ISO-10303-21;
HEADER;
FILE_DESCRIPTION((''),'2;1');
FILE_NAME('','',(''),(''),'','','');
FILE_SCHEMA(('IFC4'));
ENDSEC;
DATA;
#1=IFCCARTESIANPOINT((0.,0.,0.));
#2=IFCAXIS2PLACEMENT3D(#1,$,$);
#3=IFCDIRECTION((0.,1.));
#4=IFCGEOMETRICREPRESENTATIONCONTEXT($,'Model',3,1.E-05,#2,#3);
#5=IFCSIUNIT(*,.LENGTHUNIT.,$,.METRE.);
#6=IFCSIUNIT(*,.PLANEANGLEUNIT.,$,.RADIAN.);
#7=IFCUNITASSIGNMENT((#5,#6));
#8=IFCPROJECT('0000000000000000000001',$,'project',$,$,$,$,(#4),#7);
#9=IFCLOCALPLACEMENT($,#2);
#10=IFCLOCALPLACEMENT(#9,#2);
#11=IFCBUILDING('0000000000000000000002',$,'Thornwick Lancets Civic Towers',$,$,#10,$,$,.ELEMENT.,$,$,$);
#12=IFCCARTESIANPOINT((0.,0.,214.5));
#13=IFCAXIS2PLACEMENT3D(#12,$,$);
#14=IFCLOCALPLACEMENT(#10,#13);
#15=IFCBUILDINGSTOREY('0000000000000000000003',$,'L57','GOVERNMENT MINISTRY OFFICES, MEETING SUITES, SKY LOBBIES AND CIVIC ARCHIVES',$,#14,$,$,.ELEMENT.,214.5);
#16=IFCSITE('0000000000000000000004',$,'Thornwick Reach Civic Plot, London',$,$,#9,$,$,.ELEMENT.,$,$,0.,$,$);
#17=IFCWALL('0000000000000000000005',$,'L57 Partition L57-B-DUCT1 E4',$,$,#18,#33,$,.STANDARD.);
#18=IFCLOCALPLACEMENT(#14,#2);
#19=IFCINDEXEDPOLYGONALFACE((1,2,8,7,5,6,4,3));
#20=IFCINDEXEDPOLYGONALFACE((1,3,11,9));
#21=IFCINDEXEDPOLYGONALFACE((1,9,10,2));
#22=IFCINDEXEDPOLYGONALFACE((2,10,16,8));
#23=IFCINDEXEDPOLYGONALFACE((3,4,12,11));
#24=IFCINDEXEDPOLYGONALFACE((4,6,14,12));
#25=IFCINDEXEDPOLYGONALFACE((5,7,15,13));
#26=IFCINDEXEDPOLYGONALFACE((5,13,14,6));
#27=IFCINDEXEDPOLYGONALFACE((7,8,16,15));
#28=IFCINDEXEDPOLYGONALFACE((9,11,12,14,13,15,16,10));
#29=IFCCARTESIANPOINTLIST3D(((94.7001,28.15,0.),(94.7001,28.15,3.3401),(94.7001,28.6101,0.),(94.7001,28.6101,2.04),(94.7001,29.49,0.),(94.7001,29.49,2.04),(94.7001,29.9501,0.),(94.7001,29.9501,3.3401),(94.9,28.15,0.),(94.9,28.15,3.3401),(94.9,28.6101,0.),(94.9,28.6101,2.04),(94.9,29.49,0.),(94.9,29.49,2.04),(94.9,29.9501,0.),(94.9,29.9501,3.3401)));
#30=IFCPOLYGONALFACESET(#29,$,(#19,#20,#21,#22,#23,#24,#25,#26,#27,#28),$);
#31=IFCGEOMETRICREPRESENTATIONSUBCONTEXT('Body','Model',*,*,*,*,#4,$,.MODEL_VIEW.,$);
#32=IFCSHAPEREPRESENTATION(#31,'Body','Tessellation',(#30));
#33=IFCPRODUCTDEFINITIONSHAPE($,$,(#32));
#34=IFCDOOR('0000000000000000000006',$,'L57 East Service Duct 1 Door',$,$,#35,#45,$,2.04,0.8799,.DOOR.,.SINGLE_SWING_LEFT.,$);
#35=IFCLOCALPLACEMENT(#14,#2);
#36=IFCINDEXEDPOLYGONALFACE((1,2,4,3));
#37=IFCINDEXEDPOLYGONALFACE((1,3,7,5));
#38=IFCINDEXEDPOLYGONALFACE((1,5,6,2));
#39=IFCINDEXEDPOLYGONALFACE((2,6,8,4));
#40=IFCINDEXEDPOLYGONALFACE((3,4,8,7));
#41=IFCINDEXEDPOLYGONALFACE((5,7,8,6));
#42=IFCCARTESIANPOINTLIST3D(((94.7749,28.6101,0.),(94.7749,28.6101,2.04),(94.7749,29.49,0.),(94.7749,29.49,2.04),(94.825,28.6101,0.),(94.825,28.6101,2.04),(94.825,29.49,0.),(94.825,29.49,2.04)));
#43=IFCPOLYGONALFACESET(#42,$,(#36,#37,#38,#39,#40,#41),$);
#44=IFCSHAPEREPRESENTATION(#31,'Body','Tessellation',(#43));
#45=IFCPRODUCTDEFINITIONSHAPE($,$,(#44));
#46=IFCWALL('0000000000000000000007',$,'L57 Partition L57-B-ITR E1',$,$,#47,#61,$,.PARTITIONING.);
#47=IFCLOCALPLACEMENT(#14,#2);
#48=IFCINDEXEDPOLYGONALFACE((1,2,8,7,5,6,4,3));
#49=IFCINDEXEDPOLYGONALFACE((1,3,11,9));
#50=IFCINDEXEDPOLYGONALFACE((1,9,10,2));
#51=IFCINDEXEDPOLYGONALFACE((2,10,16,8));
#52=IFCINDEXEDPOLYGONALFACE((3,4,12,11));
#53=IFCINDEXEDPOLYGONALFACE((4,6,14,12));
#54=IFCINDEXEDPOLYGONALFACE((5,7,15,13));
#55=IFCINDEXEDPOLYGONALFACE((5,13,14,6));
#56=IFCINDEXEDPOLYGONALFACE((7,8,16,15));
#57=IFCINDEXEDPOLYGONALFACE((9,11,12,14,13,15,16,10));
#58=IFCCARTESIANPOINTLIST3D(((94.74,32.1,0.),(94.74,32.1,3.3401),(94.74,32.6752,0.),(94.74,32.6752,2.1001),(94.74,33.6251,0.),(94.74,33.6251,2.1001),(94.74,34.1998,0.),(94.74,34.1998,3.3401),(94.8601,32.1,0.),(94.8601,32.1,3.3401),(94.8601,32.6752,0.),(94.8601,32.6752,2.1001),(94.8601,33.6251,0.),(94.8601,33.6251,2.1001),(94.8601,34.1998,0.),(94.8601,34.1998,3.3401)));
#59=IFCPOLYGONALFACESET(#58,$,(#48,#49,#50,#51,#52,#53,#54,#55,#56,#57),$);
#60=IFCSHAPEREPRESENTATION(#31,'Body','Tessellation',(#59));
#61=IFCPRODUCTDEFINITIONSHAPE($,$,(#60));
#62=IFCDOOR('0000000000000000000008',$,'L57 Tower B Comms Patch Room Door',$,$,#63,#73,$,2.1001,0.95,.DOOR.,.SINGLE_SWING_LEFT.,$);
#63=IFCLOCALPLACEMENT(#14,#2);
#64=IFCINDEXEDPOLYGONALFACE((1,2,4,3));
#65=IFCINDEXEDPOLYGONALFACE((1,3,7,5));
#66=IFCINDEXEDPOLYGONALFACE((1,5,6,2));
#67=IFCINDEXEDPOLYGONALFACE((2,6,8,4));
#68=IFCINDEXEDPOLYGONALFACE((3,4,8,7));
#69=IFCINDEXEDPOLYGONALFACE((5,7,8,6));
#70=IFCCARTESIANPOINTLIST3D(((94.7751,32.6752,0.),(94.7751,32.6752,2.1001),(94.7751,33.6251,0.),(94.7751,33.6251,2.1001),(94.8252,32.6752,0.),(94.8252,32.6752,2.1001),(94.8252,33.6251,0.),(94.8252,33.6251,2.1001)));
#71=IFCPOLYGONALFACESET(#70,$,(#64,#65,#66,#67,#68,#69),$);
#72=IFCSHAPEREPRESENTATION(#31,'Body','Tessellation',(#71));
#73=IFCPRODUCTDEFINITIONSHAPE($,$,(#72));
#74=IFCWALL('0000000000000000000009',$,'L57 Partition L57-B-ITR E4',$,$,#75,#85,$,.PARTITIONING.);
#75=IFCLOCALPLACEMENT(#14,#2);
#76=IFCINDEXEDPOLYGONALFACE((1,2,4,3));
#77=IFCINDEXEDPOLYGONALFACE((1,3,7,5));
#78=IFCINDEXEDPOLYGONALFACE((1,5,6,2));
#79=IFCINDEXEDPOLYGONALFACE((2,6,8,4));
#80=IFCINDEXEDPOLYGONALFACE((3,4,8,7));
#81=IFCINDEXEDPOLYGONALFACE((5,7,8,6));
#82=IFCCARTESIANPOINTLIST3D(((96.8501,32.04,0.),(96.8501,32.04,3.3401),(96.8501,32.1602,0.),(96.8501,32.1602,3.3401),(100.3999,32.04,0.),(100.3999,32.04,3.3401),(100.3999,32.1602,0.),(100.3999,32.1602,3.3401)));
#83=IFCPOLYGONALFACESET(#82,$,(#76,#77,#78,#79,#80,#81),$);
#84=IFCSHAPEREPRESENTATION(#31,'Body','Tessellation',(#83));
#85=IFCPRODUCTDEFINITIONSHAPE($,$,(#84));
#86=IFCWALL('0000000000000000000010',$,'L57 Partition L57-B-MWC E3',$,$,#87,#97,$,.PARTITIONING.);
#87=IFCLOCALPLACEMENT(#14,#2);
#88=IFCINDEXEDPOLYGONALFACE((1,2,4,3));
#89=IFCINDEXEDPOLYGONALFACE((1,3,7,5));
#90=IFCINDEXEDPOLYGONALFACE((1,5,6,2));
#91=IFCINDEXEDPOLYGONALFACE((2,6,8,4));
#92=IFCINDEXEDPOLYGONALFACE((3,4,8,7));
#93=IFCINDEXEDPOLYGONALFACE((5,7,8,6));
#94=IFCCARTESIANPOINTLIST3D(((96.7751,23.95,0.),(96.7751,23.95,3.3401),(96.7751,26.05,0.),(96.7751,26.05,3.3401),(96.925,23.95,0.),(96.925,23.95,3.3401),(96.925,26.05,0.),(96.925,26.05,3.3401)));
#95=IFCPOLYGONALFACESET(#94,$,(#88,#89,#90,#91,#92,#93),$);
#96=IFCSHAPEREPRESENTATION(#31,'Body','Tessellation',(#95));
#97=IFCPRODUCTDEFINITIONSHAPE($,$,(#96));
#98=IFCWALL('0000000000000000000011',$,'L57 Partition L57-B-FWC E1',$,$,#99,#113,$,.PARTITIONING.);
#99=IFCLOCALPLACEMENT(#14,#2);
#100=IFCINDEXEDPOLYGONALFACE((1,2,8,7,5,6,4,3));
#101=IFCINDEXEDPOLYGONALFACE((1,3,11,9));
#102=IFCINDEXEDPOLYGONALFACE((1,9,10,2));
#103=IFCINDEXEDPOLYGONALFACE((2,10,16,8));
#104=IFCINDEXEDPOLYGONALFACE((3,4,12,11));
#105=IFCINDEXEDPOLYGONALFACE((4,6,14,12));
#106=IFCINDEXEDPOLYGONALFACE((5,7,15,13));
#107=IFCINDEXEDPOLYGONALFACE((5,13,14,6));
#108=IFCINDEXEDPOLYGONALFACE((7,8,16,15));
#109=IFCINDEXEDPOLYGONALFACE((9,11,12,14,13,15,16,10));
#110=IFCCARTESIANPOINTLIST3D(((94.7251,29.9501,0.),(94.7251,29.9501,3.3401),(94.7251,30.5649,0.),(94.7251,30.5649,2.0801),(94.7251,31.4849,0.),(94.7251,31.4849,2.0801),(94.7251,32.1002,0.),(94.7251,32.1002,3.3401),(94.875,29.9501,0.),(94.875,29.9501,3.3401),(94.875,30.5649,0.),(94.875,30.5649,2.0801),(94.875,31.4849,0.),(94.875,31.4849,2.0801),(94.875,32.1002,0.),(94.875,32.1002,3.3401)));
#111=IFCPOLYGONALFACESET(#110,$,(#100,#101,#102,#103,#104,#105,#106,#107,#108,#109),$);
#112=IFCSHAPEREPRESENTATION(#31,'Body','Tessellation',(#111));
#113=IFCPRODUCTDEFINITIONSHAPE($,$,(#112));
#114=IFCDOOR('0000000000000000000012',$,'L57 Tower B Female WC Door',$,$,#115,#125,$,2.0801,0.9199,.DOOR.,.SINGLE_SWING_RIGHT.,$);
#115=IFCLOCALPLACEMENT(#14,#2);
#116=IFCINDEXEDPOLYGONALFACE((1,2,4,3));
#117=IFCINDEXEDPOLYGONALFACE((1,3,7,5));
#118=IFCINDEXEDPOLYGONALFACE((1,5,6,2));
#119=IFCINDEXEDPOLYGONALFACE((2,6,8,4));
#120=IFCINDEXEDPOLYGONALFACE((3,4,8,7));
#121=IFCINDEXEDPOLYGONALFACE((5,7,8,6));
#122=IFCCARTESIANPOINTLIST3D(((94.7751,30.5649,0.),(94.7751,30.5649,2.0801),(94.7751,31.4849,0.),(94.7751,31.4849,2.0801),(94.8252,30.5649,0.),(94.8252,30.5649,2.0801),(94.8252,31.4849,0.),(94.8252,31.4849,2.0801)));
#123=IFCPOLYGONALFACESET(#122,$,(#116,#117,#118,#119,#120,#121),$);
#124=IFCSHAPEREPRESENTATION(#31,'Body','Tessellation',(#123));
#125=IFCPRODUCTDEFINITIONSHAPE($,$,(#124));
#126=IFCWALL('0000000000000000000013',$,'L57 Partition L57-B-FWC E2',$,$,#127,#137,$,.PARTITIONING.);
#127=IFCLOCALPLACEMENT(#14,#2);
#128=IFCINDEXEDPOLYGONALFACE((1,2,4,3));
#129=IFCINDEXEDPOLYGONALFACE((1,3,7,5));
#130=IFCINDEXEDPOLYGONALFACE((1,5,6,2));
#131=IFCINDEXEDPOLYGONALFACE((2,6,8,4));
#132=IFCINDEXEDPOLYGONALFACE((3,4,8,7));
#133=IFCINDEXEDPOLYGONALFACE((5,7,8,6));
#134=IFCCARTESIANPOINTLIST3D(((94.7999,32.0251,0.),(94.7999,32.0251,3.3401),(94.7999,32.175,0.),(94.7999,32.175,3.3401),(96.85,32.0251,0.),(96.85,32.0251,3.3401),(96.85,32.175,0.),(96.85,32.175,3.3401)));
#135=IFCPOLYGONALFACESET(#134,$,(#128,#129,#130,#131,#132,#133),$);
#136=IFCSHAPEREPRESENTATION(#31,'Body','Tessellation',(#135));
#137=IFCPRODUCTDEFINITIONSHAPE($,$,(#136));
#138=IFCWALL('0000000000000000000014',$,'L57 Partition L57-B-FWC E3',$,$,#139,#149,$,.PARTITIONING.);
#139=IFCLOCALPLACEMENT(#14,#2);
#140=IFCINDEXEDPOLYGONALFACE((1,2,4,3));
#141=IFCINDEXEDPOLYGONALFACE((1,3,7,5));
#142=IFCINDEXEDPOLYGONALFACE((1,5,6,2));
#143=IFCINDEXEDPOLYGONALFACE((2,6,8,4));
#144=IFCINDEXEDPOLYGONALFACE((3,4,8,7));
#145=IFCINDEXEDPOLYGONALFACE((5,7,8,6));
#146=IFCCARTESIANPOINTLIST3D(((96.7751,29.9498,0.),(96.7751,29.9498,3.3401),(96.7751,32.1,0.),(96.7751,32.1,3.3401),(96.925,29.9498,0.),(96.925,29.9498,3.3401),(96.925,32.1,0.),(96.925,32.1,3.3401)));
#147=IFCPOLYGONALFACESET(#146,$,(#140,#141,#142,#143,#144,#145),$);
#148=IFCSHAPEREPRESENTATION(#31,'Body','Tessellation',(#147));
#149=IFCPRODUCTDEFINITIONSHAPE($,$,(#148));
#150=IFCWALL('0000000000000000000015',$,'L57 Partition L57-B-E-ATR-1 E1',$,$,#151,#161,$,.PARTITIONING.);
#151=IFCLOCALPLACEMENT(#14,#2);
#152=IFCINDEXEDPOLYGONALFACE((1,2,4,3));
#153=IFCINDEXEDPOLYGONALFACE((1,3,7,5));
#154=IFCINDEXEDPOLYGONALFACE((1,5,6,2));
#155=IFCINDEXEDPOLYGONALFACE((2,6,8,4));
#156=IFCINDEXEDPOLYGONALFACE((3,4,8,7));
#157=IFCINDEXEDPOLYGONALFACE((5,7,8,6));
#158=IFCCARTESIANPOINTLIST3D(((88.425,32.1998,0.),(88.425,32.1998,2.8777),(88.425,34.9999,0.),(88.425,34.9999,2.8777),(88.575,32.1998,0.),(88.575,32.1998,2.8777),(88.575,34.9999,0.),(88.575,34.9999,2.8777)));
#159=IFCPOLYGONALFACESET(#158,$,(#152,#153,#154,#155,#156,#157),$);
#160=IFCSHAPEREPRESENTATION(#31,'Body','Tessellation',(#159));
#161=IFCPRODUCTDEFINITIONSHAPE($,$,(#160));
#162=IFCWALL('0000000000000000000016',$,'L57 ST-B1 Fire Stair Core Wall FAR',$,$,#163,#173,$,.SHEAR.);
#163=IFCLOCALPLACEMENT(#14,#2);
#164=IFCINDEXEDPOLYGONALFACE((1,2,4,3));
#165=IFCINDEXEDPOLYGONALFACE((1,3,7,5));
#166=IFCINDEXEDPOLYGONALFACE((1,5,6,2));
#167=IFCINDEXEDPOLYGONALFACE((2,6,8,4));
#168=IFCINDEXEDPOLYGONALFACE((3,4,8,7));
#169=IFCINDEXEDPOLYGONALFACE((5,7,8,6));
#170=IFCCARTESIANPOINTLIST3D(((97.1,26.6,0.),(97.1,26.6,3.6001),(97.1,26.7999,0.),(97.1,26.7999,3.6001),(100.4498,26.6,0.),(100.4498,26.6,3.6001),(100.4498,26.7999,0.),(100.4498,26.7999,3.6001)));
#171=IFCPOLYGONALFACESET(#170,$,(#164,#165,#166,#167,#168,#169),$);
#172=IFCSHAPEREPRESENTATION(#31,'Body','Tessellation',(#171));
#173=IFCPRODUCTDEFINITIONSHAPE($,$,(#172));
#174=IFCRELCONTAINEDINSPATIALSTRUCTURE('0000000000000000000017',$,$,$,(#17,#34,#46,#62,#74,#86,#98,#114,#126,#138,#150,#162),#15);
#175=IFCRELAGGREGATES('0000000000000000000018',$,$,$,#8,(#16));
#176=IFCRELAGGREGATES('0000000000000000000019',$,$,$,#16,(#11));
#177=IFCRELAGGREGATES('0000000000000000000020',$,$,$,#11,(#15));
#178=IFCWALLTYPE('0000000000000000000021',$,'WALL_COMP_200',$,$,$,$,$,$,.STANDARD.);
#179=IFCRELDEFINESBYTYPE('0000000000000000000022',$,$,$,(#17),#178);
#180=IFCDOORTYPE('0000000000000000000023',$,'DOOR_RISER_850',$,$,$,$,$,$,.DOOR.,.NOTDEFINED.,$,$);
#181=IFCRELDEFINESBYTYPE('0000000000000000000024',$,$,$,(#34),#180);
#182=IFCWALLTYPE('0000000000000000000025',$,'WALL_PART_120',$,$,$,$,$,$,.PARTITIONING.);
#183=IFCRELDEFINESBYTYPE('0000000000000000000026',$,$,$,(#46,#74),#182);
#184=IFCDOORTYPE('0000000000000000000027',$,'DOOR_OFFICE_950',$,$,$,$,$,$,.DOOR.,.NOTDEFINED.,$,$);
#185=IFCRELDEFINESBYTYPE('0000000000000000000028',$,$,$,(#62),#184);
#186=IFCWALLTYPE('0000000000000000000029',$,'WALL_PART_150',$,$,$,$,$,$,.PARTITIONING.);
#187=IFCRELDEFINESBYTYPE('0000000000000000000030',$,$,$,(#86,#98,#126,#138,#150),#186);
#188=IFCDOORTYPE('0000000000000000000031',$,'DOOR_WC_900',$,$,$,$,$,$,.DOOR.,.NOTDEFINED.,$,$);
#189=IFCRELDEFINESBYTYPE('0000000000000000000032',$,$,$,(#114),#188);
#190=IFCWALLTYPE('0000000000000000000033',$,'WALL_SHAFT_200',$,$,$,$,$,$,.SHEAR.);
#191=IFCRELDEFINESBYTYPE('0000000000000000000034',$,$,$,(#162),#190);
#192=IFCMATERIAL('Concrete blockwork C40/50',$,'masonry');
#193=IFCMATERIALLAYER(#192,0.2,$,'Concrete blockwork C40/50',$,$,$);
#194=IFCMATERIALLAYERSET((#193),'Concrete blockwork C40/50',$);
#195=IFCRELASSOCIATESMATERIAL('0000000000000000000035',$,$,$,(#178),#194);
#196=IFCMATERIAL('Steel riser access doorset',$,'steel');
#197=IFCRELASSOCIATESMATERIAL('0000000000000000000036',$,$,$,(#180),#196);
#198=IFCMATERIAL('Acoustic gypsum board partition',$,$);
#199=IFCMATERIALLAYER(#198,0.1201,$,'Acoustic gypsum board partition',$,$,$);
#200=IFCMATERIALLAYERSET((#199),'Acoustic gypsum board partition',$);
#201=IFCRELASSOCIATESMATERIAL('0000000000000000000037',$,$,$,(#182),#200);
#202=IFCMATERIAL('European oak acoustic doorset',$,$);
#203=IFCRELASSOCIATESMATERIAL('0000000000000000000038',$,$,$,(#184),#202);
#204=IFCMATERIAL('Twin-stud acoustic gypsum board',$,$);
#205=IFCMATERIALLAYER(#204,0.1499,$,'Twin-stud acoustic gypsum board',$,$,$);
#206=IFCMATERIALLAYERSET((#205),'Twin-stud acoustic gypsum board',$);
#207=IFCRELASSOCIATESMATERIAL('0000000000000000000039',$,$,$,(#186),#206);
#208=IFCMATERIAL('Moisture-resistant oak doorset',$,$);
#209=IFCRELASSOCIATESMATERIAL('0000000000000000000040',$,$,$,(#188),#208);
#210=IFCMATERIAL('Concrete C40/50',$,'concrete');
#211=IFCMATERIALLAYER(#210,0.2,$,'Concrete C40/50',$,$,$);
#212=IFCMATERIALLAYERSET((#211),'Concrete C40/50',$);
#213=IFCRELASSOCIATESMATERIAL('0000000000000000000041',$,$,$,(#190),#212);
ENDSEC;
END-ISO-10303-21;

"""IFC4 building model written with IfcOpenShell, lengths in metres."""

from ifc_helpers import new_model, si_unit, direction, frame, frame_2d, origin, place, context, subcontext, project, spatial, rectangle, extrude, material, layer, layer_set, type_object, element, fill, save


model = new_model("IFC4")

# Units and contexts
model_context = context("Model", 3, precision=1e-05, world=origin(), true_north=direction((0.0, 1.0)))
body_context = subcontext(model_context, "Body", "Model", "MODEL_VIEW")
ifc_project = project(units=[si_unit("LENGTHUNIT", "METRE"), si_unit("PLANEANGLEUNIT", "RADIAN")], contexts=[model_context])

# Site, building, storey
site_placement = place(None, origin())
site = spatial("IfcSite", under=ifc_project, at=site_placement, Name="Thornwick Reach Civic Plot, London", CompositionType="ELEMENT", RefElevation=0.0)
building_placement = place(site_placement, origin())
building = spatial("IfcBuilding", under=site, at=building_placement, Name="Thornwick Lancets Civic Towers", CompositionType="ELEMENT")
storey_placement = place(building_placement, frame((0.0, 0.0, 214.5)))
storey = spatial("IfcBuildingStorey", under=building, at=storey_placement, Name="L57", Description="GOVERNMENT MINISTRY OFFICES, MEETING SUITES, SKY LOBBIES AND CIVIC ARCHIVES", CompositionType="ELEMENT", Elevation=214.5)

# Shared definitions
ifc_material_1 = material(Name="Concrete blockwork C40/50", Category="masonry")
ifc_layer_1 = layer(ifc_material_1, 0.2, Name="Concrete blockwork C40/50")
ifc_layer_set_1 = layer_set([ifc_layer_1], Name="Concrete blockwork C40/50")
wall_type_1 = type_object("IfcWallType", Name="WALL_COMP_200", PredefinedType="STANDARD", material=ifc_layer_set_1)

# Walls, openings, doors
wall_1_placement = place(storey_placement, frame((94.8, 29.95, 0.0), z_axis=(0.0, 0.0, 1.0), x_axis=(0.0, -1.0, 0.0)))
wall_1 = element("IfcWall", 1, at=wall_1_placement, inside=storey, type_object=wall_type_1, Name="L57 Partition L57-B-DUCT1 E4", PredefinedType="STANDARD", context=body_context, shape_type="SweptSolid", body=[
    extrude(rectangle(XDim=1.8, YDim=0.2, at=frame_2d((0.8999, 0.0))), origin(), (0.0, 0.0, 1.0), 3.3401),
])
opening_1_placement = place(wall_1_placement, frame((0.46, 0.0, 0.0)))
opening_1 = element("IfcOpeningElement", 2, at=opening_1_placement, cuts=wall_1, PredefinedType="OPENING", context=body_context, shape_type="SweptSolid", body=[
    extrude(rectangle(XDim=0.8799, YDim=2.04, at=frame_2d((0.4399, 1.02))), frame((0.0, 0.1099, 0.0), z_axis=(0.0, -1.0, 0.0), x_axis=(1.0, 0.0, 0.0)), (0.0, 0.0, 1.0), 0.22),
])
ifc_material_2 = material(Name="Steel riser access doorset", Category="steel")
door_type_1 = type_object("IfcDoorType", Name="DOOR_RISER_850", OperationType="NOTDEFINED", PredefinedType="DOOR", material=ifc_material_2)
door_1_placement = place(opening_1_placement, origin())
door_1 = element("IfcDoor", 3, at=door_1_placement, inside=storey, type_object=door_type_1, Name="L57 East Service Duct 1 Door", OperationType="SINGLE_SWING_LEFT", OverallHeight=2.04, OverallWidth=0.8799, PredefinedType="DOOR", context=body_context, shape_type="SweptSolid", body=[
    extrude(rectangle(XDim=0.8799, YDim=2.04, at=frame_2d((0.4399, 1.02))), frame((0.0, 0.0249, 0.0), z_axis=(0.0, -1.0, 0.0), x_axis=(1.0, 0.0, 0.0)), (0.0, 0.0, 1.0), 0.05),
])
fill(opening_1, door_1)
ifc_material_3 = material(Name="Acoustic gypsum board partition")
ifc_layer_2 = layer(ifc_material_3, 0.1201, Name="Acoustic gypsum board partition")
ifc_layer_set_2 = layer_set([ifc_layer_2], Name="Acoustic gypsum board partition")
wall_type_2 = type_object("IfcWallType", Name="WALL_PART_120", PredefinedType="PARTITIONING", material=ifc_layer_set_2)
wall_2_placement = place(storey_placement, frame((94.8, 32.1001, 0.0), z_axis=(0.0, 0.0, 1.0), x_axis=(0.0, 1.0, 0.0)))
wall_2 = element("IfcWall", 4, at=wall_2_placement, inside=storey, type_object=wall_type_2, Name="L57 Partition L57-B-ITR E1", PredefinedType="PARTITIONING", context=body_context, shape_type="SweptSolid", body=[
    extrude(rectangle(XDim=2.0999, YDim=0.1201, at=frame_2d((1.0498, 0.0))), origin(), (0.0, 0.0, 1.0), 3.3401),
])
opening_2_placement = place(wall_2_placement, frame((0.575, 0.0, 0.0)))
opening_2 = element("IfcOpeningElement", 5, at=opening_2_placement, cuts=wall_2, PredefinedType="OPENING", context=body_context, shape_type="SweptSolid", body=[
    extrude(rectangle(XDim=0.95, YDim=2.1001, at=frame_2d((0.4751, 1.05))), frame((0.0, 0.0701, 0.0), z_axis=(0.0, -1.0, 0.0), x_axis=(1.0, 0.0, 0.0)), (0.0, 0.0, 1.0), 0.1401),
])
ifc_material_4 = material(Name="European oak acoustic doorset")
door_type_2 = type_object("IfcDoorType", Name="DOOR_OFFICE_950", OperationType="NOTDEFINED", PredefinedType="DOOR", material=ifc_material_4)
door_2_placement = place(opening_2_placement, origin())
door_2 = element("IfcDoor", 6, at=door_2_placement, inside=storey, type_object=door_type_2, Name="L57 Tower B Comms Patch Room Door", OperationType="SINGLE_SWING_LEFT", OverallHeight=2.1001, OverallWidth=0.95, PredefinedType="DOOR", context=body_context, shape_type="SweptSolid", body=[
    extrude(rectangle(XDim=0.95, YDim=2.1001, at=frame_2d((0.4751, 1.05))), frame((0.0, 0.0249, 0.0), z_axis=(0.0, -1.0, 0.0), x_axis=(1.0, 0.0, 0.0)), (0.0, 0.0, 1.0), 0.05),
])
fill(opening_2, door_2)

# Walls
wall_3_placement = place(storey_placement, frame((100.3999, 32.1001, 0.0), z_axis=(0.0, 0.0, 1.0), x_axis=(-1.0, 0.0, 0.0)))
element("IfcWall", 7, at=wall_3_placement, inside=storey, type_object=wall_type_2, Name="L57 Partition L57-B-ITR E4", PredefinedType="PARTITIONING", context=body_context, shape_type="SweptSolid", body=[
    extrude(rectangle(XDim=3.5498, YDim=0.1201, at=frame_2d((1.7749, 0.0))), origin(), (0.0, 0.0, 1.0), 3.3401),
])
ifc_material_5 = material(Name="Twin-stud acoustic gypsum board")
ifc_layer_3 = layer(ifc_material_5, 0.1499, Name="Twin-stud acoustic gypsum board")
ifc_layer_set_3 = layer_set([ifc_layer_3], Name="Twin-stud acoustic gypsum board")
wall_type_3 = type_object("IfcWallType", Name="WALL_PART_150", PredefinedType="PARTITIONING", material=ifc_layer_set_3)
wall_4_placement = place(storey_placement, frame((96.8501, 26.05, 0.0), z_axis=(0.0, 0.0, 1.0), x_axis=(0.0, -1.0, 0.0)))
element("IfcWall", 8, at=wall_4_placement, inside=storey, type_object=wall_type_3, Name="L57 Partition L57-B-MWC E3", PredefinedType="PARTITIONING", context=body_context, shape_type="SweptSolid", body=[
    extrude(rectangle(XDim=2.1001, YDim=0.1499, at=frame_2d((1.05, 0.0))), origin(), (0.0, 0.0, 1.0), 3.3401),
])

# Wall, opening, door
wall_5_placement = place(storey_placement, frame((94.8, 29.95, 0.0), z_axis=(0.0, 0.0, 1.0), x_axis=(0.0, 1.0, 0.0)))
wall_5 = element("IfcWall", 9, at=wall_5_placement, inside=storey, type_object=wall_type_3, Name="L57 Partition L57-B-FWC E1", PredefinedType="PARTITIONING", context=body_context, shape_type="SweptSolid", body=[
    extrude(rectangle(XDim=2.1501, YDim=0.1499, at=frame_2d((1.0752, 0.0))), origin(), (0.0, 0.0, 1.0), 3.3401),
])
opening_3_placement = place(wall_5_placement, frame((0.615, 0.0, 0.0)))
opening_3 = element("IfcOpeningElement", 10, at=opening_3_placement, cuts=wall_5, PredefinedType="OPENING", context=body_context, shape_type="SweptSolid", body=[
    extrude(rectangle(XDim=0.9199, YDim=2.0801, at=frame_2d((0.46, 1.04))), frame((0.0, 0.085, 0.0), z_axis=(0.0, -1.0, 0.0), x_axis=(1.0, 0.0, 0.0)), (0.0, 0.0, 1.0), 0.1699),
])
ifc_material_6 = material(Name="Moisture-resistant oak doorset")
door_type_3 = type_object("IfcDoorType", Name="DOOR_WC_900", OperationType="NOTDEFINED", PredefinedType="DOOR", material=ifc_material_6)
door_3_placement = place(opening_3_placement, origin())
door_3 = element("IfcDoor", 11, at=door_3_placement, inside=storey, type_object=door_type_3, Name="L57 Tower B Female WC Door", OperationType="SINGLE_SWING_RIGHT", OverallHeight=2.0801, OverallWidth=0.9199, PredefinedType="DOOR", context=body_context, shape_type="SweptSolid", body=[
    extrude(rectangle(XDim=0.9199, YDim=2.0801, at=frame_2d((0.46, 1.04))), frame((0.0, 0.0249, 0.0), z_axis=(0.0, -1.0, 0.0), x_axis=(1.0, 0.0, 0.0)), (0.0, 0.0, 1.0), 0.05),
])
fill(opening_3, door_3)

# Walls
wall_6_placement = place(storey_placement, frame((94.8, 32.1001, 0.0), z_axis=(0.0, 0.0, 1.0), x_axis=(1.0, 0.0, 0.0)))
element("IfcWall", 12, at=wall_6_placement, inside=storey, type_object=wall_type_3, Name="L57 Partition L57-B-FWC E2", PredefinedType="PARTITIONING", context=body_context, shape_type="SweptSolid", body=[
    extrude(rectangle(XDim=2.05, YDim=0.1499, at=frame_2d((1.0249, 0.0))), origin(), (0.0, 0.0, 1.0), 3.3401),
])
wall_7_placement = place(storey_placement, frame((96.8501, 32.1001, 0.0), z_axis=(0.0, 0.0, 1.0), x_axis=(0.0, -1.0, 0.0)))
element("IfcWall", 13, at=wall_7_placement, inside=storey, type_object=wall_type_3, Name="L57 Partition L57-B-FWC E3", PredefinedType="PARTITIONING", context=body_context, shape_type="SweptSolid", body=[
    extrude(rectangle(XDim=2.1501, YDim=0.1499, at=frame_2d((1.0752, 0.0))), origin(), (0.0, 0.0, 1.0), 3.3401),
])
wall_8_placement = place(storey_placement, frame((88.5, 32.2, 0.0), z_axis=(0.0, 0.0, 1.0), x_axis=(0.0, 1.0, 0.0)))
element("IfcWall", 14, at=wall_8_placement, inside=storey, type_object=wall_type_3, Name="L57 Partition L57-B-E-ATR-1 E1", PredefinedType="PARTITIONING", context=body_context, shape_type="SweptSolid", body=[
    extrude(rectangle(XDim=2.8, YDim=0.1499, at=frame_2d((1.3999, 0.0))), origin(), (0.0, 0.0, 1.0), 2.8777),
])
ifc_material_7 = material(Name="Concrete C40/50", Category="concrete")
ifc_layer_4 = layer(ifc_material_7, 0.2, Name="Concrete C40/50")
ifc_layer_set_4 = layer_set([ifc_layer_4], Name="Concrete C40/50")
wall_type_4 = type_object("IfcWallType", Name="WALL_SHAFT_200", PredefinedType="SHEAR", material=ifc_layer_set_4)
wall_9_placement = place(storey_placement, frame((97.1001, 26.7, 0.0), z_axis=(0.0, 0.0, 1.0), x_axis=(1.0, 0.0, 0.0)))
element("IfcWall", 15, at=wall_9_placement, inside=storey, type_object=wall_type_4, Name="L57 ST-B1 Fire Stair Core Wall FAR", PredefinedType="SHEAR", context=body_context, shape_type="SweptSolid", body=[
    extrude(rectangle(XDim=3.3499, YDim=0.2, at=frame_2d((1.6748, 0.0))), origin(), (0.0, 0.0, 1.0), 3.6001),
])

save(model, "model.ifc")
